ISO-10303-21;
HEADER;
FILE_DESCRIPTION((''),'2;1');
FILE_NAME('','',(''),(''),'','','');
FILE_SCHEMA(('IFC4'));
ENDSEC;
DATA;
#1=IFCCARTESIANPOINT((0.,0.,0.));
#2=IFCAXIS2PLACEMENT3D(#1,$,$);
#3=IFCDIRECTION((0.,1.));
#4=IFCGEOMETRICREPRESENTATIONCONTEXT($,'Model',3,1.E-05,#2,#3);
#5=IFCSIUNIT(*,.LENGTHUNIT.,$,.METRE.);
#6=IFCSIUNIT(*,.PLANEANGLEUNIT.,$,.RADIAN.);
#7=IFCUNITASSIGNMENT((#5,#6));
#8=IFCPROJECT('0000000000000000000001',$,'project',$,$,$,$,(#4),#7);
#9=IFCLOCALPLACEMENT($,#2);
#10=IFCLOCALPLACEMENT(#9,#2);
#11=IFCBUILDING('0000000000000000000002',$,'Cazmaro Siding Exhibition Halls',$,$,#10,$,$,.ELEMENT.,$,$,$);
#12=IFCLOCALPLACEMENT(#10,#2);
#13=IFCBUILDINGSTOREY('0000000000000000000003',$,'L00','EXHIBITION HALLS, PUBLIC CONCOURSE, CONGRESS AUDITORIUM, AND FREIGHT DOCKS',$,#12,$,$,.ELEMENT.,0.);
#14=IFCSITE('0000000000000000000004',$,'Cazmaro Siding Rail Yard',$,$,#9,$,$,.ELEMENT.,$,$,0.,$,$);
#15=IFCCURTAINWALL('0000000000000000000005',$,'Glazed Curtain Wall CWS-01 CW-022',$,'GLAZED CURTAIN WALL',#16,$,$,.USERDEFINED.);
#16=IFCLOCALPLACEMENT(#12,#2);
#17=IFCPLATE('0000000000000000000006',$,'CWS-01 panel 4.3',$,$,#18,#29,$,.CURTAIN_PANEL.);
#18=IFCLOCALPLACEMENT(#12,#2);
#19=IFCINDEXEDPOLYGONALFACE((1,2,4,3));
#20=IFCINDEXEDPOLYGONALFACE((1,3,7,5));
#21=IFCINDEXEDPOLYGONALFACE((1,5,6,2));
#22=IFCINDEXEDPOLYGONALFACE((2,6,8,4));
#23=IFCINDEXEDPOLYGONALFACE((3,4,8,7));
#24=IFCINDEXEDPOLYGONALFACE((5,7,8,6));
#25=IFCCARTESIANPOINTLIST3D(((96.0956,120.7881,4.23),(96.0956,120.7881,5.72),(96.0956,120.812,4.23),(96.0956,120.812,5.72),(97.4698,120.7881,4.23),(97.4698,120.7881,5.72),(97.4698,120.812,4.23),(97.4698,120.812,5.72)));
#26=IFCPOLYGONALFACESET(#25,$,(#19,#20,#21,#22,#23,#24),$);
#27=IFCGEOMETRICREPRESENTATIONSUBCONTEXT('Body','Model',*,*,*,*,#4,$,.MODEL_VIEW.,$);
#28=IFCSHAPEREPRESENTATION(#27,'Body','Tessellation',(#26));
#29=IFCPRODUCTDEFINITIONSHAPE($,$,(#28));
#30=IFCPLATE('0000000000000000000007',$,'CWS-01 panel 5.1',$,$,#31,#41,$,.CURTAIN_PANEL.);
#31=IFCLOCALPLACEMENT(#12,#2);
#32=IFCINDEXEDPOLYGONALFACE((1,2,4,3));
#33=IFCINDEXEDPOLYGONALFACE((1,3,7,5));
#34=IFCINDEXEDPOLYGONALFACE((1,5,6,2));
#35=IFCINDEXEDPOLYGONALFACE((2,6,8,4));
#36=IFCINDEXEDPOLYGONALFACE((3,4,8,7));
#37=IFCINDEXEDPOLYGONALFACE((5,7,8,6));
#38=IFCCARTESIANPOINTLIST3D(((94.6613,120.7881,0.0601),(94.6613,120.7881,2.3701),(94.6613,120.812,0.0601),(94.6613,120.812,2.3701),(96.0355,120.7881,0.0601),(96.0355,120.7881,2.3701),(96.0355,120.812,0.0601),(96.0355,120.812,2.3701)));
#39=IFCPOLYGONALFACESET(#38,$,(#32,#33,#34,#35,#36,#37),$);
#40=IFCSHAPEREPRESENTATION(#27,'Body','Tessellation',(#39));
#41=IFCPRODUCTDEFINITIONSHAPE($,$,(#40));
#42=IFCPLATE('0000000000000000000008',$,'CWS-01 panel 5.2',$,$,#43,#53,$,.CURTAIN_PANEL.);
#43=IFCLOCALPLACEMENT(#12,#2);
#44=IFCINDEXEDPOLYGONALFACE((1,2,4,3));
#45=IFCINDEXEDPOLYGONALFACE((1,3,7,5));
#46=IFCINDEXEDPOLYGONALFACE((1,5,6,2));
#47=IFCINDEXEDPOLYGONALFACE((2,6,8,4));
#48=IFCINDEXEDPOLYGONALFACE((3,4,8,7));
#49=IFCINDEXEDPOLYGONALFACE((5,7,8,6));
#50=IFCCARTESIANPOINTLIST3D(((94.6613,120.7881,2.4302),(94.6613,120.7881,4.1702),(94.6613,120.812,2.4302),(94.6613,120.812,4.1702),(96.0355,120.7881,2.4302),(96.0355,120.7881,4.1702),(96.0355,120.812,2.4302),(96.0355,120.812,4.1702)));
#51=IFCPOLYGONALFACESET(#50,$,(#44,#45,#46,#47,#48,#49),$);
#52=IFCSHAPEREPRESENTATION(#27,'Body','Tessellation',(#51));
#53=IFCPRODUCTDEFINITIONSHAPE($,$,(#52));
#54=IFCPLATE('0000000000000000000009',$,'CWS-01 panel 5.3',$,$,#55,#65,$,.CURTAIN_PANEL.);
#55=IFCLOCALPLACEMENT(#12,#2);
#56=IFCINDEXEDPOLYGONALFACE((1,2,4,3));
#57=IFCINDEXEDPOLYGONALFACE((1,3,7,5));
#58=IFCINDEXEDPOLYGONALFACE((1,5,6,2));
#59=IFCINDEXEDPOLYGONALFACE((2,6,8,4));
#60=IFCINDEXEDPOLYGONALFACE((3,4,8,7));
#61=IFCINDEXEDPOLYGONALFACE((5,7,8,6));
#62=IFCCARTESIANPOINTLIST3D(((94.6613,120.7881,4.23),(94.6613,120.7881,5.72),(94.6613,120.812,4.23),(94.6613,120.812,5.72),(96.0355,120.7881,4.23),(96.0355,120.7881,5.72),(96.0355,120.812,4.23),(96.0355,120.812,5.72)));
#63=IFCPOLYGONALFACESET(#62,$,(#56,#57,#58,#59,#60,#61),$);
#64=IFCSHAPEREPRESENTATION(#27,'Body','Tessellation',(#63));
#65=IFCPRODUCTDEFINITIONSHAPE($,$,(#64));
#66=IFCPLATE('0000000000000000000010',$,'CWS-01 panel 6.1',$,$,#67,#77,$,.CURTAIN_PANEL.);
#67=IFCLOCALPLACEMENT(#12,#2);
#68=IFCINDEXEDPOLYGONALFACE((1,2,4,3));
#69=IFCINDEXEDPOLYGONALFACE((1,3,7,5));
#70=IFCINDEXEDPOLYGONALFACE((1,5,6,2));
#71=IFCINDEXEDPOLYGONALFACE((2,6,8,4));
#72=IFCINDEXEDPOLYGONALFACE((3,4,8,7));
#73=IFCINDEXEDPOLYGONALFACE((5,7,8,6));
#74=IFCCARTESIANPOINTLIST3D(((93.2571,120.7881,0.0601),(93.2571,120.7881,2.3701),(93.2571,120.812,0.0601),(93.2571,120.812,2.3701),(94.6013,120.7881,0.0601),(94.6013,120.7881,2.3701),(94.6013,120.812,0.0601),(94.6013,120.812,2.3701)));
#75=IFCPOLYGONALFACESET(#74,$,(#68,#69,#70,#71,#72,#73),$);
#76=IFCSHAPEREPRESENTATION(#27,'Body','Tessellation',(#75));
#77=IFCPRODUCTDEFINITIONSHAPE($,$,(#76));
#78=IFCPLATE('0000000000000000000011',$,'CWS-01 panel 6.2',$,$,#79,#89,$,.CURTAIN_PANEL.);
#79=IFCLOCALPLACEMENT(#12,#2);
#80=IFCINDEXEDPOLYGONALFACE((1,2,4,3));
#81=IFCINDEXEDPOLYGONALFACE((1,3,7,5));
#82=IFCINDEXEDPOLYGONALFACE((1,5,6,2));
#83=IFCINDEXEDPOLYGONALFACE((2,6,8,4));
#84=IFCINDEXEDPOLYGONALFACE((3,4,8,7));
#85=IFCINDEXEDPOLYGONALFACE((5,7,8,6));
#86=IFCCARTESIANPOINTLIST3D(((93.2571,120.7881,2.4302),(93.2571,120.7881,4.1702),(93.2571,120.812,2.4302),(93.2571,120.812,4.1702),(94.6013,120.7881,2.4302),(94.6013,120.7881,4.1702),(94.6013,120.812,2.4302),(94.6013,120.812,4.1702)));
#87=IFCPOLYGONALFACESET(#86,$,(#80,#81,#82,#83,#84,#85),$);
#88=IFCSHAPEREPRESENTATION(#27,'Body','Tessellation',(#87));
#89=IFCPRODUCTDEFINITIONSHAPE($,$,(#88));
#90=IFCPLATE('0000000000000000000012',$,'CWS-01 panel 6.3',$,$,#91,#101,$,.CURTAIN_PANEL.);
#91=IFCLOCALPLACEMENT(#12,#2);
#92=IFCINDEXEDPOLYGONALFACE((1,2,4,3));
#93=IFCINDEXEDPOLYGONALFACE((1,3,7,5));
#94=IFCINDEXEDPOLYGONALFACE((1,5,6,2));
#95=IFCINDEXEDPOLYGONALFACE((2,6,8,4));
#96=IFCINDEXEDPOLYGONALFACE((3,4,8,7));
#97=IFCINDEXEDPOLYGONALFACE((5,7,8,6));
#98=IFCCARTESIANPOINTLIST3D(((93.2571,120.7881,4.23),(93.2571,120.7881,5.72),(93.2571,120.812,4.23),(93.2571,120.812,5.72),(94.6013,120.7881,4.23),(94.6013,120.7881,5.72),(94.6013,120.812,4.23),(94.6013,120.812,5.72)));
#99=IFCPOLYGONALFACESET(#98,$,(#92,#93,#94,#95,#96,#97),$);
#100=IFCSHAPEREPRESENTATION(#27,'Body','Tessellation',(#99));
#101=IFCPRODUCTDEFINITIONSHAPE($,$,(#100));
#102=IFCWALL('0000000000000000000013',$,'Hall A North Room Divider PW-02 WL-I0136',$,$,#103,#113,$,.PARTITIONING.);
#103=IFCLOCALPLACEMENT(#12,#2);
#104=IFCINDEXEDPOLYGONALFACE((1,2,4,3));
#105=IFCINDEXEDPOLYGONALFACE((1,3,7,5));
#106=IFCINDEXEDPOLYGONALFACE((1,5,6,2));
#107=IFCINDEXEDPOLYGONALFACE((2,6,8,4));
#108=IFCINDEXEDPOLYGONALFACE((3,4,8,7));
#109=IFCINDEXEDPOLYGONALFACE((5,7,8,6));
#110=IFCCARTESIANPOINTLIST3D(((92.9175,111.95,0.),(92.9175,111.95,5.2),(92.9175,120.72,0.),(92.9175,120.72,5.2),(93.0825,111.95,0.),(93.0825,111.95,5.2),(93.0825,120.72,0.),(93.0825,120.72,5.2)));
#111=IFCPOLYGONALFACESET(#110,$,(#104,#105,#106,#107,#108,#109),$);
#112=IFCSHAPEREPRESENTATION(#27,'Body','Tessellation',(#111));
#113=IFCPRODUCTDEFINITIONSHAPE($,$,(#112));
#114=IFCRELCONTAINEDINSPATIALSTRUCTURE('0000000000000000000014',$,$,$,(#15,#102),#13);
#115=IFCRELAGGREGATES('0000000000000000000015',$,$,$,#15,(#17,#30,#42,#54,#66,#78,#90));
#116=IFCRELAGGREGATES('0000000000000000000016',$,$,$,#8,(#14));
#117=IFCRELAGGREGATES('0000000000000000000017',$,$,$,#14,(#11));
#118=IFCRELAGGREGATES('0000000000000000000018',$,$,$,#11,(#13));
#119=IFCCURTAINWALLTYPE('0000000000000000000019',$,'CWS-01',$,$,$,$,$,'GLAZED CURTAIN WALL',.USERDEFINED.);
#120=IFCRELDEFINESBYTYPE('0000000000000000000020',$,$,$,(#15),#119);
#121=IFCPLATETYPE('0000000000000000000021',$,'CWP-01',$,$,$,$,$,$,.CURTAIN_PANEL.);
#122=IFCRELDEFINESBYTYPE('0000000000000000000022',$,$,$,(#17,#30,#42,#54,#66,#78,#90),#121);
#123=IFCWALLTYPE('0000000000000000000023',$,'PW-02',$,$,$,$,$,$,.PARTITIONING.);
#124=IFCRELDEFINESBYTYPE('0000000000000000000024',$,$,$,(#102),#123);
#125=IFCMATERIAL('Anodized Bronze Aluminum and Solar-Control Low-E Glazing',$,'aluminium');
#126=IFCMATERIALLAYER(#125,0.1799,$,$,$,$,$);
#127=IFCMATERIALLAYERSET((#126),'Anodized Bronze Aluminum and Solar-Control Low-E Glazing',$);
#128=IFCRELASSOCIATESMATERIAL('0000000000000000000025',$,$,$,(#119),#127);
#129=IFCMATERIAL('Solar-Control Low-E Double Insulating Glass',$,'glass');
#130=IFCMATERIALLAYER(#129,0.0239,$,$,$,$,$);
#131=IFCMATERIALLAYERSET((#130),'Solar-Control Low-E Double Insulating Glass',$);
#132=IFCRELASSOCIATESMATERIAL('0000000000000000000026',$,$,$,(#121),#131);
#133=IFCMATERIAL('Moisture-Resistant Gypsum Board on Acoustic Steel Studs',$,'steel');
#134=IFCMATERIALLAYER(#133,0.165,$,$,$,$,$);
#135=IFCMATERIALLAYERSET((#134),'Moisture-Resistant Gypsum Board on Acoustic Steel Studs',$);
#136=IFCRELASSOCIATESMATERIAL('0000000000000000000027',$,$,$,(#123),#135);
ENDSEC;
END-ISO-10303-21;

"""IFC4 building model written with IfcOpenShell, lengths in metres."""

from ifc_helpers import new_model, si_unit, direction, frame, frame_2d, origin, origin_2d, place, context, subcontext, project, spatial, rectangle, extrude, material, layer, layer_set, type_object, element, aggregate, save


model = new_model("IFC4")

# Units and contexts
model_context = context("Model", 3, precision=1e-05, world=origin(), true_north=direction((0.0, 1.0)))
body_context = subcontext(model_context, "Body", "Model", "MODEL_VIEW")
ifc_project = project(units=[si_unit("LENGTHUNIT", "METRE"), si_unit("PLANEANGLEUNIT", "RADIAN")], contexts=[model_context])

# Site, building, storey
site_placement = place(None, origin())
site = spatial("IfcSite", under=ifc_project, at=site_placement, Name="Cazmaro Siding Rail Yard", CompositionType="ELEMENT", RefElevation=0.0)
building_placement = place(site_placement, origin())
building = spatial("IfcBuilding", under=site, at=building_placement, Name="Cazmaro Siding Exhibition Halls", CompositionType="ELEMENT")
storey_placement = place(building_placement, origin())
storey = spatial("IfcBuildingStorey", under=building, at=storey_placement, Name="L00", Description="EXHIBITION HALLS, PUBLIC CONCOURSE, CONGRESS AUDITORIUM, AND FREIGHT DOCKS", CompositionType="ELEMENT", Elevation=0.0)

# Curtain wall, plates
ifc_material_1 = material(Name="Anodized Bronze Aluminum and Solar-Control Low-E Glazing", Category="aluminium")
ifc_layer_1 = layer(ifc_material_1, 0.1799)
ifc_layer_set_1 = layer_set([ifc_layer_1], Name="Anodized Bronze Aluminum and Solar-Control Low-E Glazing")
curtain_wall_type = type_object("IfcCurtainWallType", Name="CWS-01", ElementType="GLAZED CURTAIN WALL", PredefinedType="USERDEFINED", material=ifc_layer_set_1)
curtain_wall_placement = place(storey_placement, origin())
curtain_wall = element("IfcCurtainWall", 1, at=curtain_wall_placement, inside=storey, type_object=curtain_wall_type, Name="Glazed Curtain Wall CWS-01 CW-022", ObjectType="GLAZED CURTAIN WALL", PredefinedType="USERDEFINED")
ifc_material_2 = material(Name="Solar-Control Low-E Double Insulating Glass", Category="glass")
ifc_layer_2 = layer(ifc_material_2, 0.0239)
ifc_layer_set_2 = layer_set([ifc_layer_2], Name="Solar-Control Low-E Double Insulating Glass")
plate_type = type_object("IfcPlateType", Name="CWP-01", PredefinedType="CURTAIN_PANEL", material=ifc_layer_set_2)
plate_1_placement = place(storey_placement, frame((96.7827, 120.8, 4.23), z_axis=(0.0, 0.0, 1.0), x_axis=(-1.0, 0.0, 0.0)))
plate_1 = element("IfcPlate", 2, at=plate_1_placement, type_object=plate_type, Name="CWS-01 panel 4.3", PredefinedType="CURTAIN_PANEL", context=body_context, shape_type="SweptSolid", body=[
    extrude(rectangle(XDim=1.3743, YDim=0.0239, at=origin_2d()), origin(), (0.0, 0.0, 1.0), 1.49),
])
plate_2_placement = place(storey_placement, frame((95.3484, 120.8, 0.0601), z_axis=(0.0, 0.0, 1.0), x_axis=(-1.0, 0.0, 0.0)))
plate_2 = element("IfcPlate", 3, at=plate_2_placement, type_object=plate_type, Name="CWS-01 panel 5.1", PredefinedType="CURTAIN_PANEL", context=body_context, shape_type="SweptSolid", body=[
    extrude(rectangle(XDim=1.3743, YDim=0.0239, at=origin_2d()), origin(), (0.0, 0.0, 1.0), 2.3101),
])
plate_3_placement = place(storey_placement, frame((95.3484, 120.8, 2.4302), z_axis=(0.0, 0.0, 1.0), x_axis=(-1.0, 0.0, 0.0)))
plate_3 = element("IfcPlate", 4, at=plate_3_placement, type_object=plate_type, Name="CWS-01 panel 5.2", PredefinedType="CURTAIN_PANEL", context=body_context, shape_type="SweptSolid", body=[
    extrude(rectangle(XDim=1.3743, YDim=0.0239, at=origin_2d()), origin(), (0.0, 0.0, 1.0), 1.74),
])
plate_4_placement = place(storey_placement, frame((95.3484, 120.8, 4.23), z_axis=(0.0, 0.0, 1.0), x_axis=(-1.0, 0.0, 0.0)))
plate_4 = element("IfcPlate", 5, at=plate_4_placement, type_object=plate_type, Name="CWS-01 panel 5.3", PredefinedType="CURTAIN_PANEL", context=body_context, shape_type="SweptSolid", body=[
    extrude(rectangle(XDim=1.3743, YDim=0.0239, at=origin_2d()), origin(), (0.0, 0.0, 1.0), 1.49),
])
plate_5_placement = place(storey_placement, frame((93.9292, 120.8, 0.0601), z_axis=(0.0, 0.0, 1.0), x_axis=(-1.0, 0.0, 0.0)))
plate_5 = element("IfcPlate", 6, at=plate_5_placement, type_object=plate_type, Name="CWS-01 panel 6.1", PredefinedType="CURTAIN_PANEL", context=body_context, shape_type="SweptSolid", body=[
    extrude(rectangle(XDim=1.3442, YDim=0.0239, at=origin_2d()), origin(), (0.0, 0.0, 1.0), 2.3101),
])
plate_6_placement = place(storey_placement, frame((93.9292, 120.8, 2.4302), z_axis=(0.0, 0.0, 1.0), x_axis=(-1.0, 0.0, 0.0)))
plate_6 = element("IfcPlate", 7, at=plate_6_placement, type_object=plate_type, Name="CWS-01 panel 6.2", PredefinedType="CURTAIN_PANEL", context=body_context, shape_type="SweptSolid", body=[
    extrude(rectangle(XDim=1.3442, YDim=0.0239, at=origin_2d()), origin(), (0.0, 0.0, 1.0), 1.74),
])
plate_7_placement = place(storey_placement, frame((93.9292, 120.8, 4.23), z_axis=(0.0, 0.0, 1.0), x_axis=(-1.0, 0.0, 0.0)))
plate_7 = element("IfcPlate", 8, at=plate_7_placement, type_object=plate_type, Name="CWS-01 panel 6.3", PredefinedType="CURTAIN_PANEL", context=body_context, shape_type="SweptSolid", body=[
    extrude(rectangle(XDim=1.3442, YDim=0.0239, at=origin_2d()), origin(), (0.0, 0.0, 1.0), 1.49),
])
aggregate(curtain_wall, [plate_1, plate_2, plate_3, plate_4, plate_5, plate_6, plate_7])

# Wall
ifc_material_3 = material(Name="Moisture-Resistant Gypsum Board on Acoustic Steel Studs", Category="steel")
ifc_layer_3 = layer(ifc_material_3, 0.165)
ifc_layer_set_3 = layer_set([ifc_layer_3], Name="Moisture-Resistant Gypsum Board on Acoustic Steel Studs")
wall_type = type_object("IfcWallType", Name="PW-02", PredefinedType="PARTITIONING", material=ifc_layer_set_3)
wall_placement = place(storey_placement, frame((93.0, 111.95, 0.0), z_axis=(0.0, 0.0, 1.0), x_axis=(0.0, 1.0, 0.0)))
element("IfcWall", 9, at=wall_placement, inside=storey, type_object=wall_type, Name="Hall A North Room Divider PW-02 WL-I0136", PredefinedType="PARTITIONING", context=body_context, shape_type="SweptSolid", body=[
    extrude(rectangle(XDim=8.77, YDim=0.165, at=frame_2d((4.385, 0.0))), origin(), (0.0, 0.0, 1.0), 5.2),
])

save(model, "model.ifc")
